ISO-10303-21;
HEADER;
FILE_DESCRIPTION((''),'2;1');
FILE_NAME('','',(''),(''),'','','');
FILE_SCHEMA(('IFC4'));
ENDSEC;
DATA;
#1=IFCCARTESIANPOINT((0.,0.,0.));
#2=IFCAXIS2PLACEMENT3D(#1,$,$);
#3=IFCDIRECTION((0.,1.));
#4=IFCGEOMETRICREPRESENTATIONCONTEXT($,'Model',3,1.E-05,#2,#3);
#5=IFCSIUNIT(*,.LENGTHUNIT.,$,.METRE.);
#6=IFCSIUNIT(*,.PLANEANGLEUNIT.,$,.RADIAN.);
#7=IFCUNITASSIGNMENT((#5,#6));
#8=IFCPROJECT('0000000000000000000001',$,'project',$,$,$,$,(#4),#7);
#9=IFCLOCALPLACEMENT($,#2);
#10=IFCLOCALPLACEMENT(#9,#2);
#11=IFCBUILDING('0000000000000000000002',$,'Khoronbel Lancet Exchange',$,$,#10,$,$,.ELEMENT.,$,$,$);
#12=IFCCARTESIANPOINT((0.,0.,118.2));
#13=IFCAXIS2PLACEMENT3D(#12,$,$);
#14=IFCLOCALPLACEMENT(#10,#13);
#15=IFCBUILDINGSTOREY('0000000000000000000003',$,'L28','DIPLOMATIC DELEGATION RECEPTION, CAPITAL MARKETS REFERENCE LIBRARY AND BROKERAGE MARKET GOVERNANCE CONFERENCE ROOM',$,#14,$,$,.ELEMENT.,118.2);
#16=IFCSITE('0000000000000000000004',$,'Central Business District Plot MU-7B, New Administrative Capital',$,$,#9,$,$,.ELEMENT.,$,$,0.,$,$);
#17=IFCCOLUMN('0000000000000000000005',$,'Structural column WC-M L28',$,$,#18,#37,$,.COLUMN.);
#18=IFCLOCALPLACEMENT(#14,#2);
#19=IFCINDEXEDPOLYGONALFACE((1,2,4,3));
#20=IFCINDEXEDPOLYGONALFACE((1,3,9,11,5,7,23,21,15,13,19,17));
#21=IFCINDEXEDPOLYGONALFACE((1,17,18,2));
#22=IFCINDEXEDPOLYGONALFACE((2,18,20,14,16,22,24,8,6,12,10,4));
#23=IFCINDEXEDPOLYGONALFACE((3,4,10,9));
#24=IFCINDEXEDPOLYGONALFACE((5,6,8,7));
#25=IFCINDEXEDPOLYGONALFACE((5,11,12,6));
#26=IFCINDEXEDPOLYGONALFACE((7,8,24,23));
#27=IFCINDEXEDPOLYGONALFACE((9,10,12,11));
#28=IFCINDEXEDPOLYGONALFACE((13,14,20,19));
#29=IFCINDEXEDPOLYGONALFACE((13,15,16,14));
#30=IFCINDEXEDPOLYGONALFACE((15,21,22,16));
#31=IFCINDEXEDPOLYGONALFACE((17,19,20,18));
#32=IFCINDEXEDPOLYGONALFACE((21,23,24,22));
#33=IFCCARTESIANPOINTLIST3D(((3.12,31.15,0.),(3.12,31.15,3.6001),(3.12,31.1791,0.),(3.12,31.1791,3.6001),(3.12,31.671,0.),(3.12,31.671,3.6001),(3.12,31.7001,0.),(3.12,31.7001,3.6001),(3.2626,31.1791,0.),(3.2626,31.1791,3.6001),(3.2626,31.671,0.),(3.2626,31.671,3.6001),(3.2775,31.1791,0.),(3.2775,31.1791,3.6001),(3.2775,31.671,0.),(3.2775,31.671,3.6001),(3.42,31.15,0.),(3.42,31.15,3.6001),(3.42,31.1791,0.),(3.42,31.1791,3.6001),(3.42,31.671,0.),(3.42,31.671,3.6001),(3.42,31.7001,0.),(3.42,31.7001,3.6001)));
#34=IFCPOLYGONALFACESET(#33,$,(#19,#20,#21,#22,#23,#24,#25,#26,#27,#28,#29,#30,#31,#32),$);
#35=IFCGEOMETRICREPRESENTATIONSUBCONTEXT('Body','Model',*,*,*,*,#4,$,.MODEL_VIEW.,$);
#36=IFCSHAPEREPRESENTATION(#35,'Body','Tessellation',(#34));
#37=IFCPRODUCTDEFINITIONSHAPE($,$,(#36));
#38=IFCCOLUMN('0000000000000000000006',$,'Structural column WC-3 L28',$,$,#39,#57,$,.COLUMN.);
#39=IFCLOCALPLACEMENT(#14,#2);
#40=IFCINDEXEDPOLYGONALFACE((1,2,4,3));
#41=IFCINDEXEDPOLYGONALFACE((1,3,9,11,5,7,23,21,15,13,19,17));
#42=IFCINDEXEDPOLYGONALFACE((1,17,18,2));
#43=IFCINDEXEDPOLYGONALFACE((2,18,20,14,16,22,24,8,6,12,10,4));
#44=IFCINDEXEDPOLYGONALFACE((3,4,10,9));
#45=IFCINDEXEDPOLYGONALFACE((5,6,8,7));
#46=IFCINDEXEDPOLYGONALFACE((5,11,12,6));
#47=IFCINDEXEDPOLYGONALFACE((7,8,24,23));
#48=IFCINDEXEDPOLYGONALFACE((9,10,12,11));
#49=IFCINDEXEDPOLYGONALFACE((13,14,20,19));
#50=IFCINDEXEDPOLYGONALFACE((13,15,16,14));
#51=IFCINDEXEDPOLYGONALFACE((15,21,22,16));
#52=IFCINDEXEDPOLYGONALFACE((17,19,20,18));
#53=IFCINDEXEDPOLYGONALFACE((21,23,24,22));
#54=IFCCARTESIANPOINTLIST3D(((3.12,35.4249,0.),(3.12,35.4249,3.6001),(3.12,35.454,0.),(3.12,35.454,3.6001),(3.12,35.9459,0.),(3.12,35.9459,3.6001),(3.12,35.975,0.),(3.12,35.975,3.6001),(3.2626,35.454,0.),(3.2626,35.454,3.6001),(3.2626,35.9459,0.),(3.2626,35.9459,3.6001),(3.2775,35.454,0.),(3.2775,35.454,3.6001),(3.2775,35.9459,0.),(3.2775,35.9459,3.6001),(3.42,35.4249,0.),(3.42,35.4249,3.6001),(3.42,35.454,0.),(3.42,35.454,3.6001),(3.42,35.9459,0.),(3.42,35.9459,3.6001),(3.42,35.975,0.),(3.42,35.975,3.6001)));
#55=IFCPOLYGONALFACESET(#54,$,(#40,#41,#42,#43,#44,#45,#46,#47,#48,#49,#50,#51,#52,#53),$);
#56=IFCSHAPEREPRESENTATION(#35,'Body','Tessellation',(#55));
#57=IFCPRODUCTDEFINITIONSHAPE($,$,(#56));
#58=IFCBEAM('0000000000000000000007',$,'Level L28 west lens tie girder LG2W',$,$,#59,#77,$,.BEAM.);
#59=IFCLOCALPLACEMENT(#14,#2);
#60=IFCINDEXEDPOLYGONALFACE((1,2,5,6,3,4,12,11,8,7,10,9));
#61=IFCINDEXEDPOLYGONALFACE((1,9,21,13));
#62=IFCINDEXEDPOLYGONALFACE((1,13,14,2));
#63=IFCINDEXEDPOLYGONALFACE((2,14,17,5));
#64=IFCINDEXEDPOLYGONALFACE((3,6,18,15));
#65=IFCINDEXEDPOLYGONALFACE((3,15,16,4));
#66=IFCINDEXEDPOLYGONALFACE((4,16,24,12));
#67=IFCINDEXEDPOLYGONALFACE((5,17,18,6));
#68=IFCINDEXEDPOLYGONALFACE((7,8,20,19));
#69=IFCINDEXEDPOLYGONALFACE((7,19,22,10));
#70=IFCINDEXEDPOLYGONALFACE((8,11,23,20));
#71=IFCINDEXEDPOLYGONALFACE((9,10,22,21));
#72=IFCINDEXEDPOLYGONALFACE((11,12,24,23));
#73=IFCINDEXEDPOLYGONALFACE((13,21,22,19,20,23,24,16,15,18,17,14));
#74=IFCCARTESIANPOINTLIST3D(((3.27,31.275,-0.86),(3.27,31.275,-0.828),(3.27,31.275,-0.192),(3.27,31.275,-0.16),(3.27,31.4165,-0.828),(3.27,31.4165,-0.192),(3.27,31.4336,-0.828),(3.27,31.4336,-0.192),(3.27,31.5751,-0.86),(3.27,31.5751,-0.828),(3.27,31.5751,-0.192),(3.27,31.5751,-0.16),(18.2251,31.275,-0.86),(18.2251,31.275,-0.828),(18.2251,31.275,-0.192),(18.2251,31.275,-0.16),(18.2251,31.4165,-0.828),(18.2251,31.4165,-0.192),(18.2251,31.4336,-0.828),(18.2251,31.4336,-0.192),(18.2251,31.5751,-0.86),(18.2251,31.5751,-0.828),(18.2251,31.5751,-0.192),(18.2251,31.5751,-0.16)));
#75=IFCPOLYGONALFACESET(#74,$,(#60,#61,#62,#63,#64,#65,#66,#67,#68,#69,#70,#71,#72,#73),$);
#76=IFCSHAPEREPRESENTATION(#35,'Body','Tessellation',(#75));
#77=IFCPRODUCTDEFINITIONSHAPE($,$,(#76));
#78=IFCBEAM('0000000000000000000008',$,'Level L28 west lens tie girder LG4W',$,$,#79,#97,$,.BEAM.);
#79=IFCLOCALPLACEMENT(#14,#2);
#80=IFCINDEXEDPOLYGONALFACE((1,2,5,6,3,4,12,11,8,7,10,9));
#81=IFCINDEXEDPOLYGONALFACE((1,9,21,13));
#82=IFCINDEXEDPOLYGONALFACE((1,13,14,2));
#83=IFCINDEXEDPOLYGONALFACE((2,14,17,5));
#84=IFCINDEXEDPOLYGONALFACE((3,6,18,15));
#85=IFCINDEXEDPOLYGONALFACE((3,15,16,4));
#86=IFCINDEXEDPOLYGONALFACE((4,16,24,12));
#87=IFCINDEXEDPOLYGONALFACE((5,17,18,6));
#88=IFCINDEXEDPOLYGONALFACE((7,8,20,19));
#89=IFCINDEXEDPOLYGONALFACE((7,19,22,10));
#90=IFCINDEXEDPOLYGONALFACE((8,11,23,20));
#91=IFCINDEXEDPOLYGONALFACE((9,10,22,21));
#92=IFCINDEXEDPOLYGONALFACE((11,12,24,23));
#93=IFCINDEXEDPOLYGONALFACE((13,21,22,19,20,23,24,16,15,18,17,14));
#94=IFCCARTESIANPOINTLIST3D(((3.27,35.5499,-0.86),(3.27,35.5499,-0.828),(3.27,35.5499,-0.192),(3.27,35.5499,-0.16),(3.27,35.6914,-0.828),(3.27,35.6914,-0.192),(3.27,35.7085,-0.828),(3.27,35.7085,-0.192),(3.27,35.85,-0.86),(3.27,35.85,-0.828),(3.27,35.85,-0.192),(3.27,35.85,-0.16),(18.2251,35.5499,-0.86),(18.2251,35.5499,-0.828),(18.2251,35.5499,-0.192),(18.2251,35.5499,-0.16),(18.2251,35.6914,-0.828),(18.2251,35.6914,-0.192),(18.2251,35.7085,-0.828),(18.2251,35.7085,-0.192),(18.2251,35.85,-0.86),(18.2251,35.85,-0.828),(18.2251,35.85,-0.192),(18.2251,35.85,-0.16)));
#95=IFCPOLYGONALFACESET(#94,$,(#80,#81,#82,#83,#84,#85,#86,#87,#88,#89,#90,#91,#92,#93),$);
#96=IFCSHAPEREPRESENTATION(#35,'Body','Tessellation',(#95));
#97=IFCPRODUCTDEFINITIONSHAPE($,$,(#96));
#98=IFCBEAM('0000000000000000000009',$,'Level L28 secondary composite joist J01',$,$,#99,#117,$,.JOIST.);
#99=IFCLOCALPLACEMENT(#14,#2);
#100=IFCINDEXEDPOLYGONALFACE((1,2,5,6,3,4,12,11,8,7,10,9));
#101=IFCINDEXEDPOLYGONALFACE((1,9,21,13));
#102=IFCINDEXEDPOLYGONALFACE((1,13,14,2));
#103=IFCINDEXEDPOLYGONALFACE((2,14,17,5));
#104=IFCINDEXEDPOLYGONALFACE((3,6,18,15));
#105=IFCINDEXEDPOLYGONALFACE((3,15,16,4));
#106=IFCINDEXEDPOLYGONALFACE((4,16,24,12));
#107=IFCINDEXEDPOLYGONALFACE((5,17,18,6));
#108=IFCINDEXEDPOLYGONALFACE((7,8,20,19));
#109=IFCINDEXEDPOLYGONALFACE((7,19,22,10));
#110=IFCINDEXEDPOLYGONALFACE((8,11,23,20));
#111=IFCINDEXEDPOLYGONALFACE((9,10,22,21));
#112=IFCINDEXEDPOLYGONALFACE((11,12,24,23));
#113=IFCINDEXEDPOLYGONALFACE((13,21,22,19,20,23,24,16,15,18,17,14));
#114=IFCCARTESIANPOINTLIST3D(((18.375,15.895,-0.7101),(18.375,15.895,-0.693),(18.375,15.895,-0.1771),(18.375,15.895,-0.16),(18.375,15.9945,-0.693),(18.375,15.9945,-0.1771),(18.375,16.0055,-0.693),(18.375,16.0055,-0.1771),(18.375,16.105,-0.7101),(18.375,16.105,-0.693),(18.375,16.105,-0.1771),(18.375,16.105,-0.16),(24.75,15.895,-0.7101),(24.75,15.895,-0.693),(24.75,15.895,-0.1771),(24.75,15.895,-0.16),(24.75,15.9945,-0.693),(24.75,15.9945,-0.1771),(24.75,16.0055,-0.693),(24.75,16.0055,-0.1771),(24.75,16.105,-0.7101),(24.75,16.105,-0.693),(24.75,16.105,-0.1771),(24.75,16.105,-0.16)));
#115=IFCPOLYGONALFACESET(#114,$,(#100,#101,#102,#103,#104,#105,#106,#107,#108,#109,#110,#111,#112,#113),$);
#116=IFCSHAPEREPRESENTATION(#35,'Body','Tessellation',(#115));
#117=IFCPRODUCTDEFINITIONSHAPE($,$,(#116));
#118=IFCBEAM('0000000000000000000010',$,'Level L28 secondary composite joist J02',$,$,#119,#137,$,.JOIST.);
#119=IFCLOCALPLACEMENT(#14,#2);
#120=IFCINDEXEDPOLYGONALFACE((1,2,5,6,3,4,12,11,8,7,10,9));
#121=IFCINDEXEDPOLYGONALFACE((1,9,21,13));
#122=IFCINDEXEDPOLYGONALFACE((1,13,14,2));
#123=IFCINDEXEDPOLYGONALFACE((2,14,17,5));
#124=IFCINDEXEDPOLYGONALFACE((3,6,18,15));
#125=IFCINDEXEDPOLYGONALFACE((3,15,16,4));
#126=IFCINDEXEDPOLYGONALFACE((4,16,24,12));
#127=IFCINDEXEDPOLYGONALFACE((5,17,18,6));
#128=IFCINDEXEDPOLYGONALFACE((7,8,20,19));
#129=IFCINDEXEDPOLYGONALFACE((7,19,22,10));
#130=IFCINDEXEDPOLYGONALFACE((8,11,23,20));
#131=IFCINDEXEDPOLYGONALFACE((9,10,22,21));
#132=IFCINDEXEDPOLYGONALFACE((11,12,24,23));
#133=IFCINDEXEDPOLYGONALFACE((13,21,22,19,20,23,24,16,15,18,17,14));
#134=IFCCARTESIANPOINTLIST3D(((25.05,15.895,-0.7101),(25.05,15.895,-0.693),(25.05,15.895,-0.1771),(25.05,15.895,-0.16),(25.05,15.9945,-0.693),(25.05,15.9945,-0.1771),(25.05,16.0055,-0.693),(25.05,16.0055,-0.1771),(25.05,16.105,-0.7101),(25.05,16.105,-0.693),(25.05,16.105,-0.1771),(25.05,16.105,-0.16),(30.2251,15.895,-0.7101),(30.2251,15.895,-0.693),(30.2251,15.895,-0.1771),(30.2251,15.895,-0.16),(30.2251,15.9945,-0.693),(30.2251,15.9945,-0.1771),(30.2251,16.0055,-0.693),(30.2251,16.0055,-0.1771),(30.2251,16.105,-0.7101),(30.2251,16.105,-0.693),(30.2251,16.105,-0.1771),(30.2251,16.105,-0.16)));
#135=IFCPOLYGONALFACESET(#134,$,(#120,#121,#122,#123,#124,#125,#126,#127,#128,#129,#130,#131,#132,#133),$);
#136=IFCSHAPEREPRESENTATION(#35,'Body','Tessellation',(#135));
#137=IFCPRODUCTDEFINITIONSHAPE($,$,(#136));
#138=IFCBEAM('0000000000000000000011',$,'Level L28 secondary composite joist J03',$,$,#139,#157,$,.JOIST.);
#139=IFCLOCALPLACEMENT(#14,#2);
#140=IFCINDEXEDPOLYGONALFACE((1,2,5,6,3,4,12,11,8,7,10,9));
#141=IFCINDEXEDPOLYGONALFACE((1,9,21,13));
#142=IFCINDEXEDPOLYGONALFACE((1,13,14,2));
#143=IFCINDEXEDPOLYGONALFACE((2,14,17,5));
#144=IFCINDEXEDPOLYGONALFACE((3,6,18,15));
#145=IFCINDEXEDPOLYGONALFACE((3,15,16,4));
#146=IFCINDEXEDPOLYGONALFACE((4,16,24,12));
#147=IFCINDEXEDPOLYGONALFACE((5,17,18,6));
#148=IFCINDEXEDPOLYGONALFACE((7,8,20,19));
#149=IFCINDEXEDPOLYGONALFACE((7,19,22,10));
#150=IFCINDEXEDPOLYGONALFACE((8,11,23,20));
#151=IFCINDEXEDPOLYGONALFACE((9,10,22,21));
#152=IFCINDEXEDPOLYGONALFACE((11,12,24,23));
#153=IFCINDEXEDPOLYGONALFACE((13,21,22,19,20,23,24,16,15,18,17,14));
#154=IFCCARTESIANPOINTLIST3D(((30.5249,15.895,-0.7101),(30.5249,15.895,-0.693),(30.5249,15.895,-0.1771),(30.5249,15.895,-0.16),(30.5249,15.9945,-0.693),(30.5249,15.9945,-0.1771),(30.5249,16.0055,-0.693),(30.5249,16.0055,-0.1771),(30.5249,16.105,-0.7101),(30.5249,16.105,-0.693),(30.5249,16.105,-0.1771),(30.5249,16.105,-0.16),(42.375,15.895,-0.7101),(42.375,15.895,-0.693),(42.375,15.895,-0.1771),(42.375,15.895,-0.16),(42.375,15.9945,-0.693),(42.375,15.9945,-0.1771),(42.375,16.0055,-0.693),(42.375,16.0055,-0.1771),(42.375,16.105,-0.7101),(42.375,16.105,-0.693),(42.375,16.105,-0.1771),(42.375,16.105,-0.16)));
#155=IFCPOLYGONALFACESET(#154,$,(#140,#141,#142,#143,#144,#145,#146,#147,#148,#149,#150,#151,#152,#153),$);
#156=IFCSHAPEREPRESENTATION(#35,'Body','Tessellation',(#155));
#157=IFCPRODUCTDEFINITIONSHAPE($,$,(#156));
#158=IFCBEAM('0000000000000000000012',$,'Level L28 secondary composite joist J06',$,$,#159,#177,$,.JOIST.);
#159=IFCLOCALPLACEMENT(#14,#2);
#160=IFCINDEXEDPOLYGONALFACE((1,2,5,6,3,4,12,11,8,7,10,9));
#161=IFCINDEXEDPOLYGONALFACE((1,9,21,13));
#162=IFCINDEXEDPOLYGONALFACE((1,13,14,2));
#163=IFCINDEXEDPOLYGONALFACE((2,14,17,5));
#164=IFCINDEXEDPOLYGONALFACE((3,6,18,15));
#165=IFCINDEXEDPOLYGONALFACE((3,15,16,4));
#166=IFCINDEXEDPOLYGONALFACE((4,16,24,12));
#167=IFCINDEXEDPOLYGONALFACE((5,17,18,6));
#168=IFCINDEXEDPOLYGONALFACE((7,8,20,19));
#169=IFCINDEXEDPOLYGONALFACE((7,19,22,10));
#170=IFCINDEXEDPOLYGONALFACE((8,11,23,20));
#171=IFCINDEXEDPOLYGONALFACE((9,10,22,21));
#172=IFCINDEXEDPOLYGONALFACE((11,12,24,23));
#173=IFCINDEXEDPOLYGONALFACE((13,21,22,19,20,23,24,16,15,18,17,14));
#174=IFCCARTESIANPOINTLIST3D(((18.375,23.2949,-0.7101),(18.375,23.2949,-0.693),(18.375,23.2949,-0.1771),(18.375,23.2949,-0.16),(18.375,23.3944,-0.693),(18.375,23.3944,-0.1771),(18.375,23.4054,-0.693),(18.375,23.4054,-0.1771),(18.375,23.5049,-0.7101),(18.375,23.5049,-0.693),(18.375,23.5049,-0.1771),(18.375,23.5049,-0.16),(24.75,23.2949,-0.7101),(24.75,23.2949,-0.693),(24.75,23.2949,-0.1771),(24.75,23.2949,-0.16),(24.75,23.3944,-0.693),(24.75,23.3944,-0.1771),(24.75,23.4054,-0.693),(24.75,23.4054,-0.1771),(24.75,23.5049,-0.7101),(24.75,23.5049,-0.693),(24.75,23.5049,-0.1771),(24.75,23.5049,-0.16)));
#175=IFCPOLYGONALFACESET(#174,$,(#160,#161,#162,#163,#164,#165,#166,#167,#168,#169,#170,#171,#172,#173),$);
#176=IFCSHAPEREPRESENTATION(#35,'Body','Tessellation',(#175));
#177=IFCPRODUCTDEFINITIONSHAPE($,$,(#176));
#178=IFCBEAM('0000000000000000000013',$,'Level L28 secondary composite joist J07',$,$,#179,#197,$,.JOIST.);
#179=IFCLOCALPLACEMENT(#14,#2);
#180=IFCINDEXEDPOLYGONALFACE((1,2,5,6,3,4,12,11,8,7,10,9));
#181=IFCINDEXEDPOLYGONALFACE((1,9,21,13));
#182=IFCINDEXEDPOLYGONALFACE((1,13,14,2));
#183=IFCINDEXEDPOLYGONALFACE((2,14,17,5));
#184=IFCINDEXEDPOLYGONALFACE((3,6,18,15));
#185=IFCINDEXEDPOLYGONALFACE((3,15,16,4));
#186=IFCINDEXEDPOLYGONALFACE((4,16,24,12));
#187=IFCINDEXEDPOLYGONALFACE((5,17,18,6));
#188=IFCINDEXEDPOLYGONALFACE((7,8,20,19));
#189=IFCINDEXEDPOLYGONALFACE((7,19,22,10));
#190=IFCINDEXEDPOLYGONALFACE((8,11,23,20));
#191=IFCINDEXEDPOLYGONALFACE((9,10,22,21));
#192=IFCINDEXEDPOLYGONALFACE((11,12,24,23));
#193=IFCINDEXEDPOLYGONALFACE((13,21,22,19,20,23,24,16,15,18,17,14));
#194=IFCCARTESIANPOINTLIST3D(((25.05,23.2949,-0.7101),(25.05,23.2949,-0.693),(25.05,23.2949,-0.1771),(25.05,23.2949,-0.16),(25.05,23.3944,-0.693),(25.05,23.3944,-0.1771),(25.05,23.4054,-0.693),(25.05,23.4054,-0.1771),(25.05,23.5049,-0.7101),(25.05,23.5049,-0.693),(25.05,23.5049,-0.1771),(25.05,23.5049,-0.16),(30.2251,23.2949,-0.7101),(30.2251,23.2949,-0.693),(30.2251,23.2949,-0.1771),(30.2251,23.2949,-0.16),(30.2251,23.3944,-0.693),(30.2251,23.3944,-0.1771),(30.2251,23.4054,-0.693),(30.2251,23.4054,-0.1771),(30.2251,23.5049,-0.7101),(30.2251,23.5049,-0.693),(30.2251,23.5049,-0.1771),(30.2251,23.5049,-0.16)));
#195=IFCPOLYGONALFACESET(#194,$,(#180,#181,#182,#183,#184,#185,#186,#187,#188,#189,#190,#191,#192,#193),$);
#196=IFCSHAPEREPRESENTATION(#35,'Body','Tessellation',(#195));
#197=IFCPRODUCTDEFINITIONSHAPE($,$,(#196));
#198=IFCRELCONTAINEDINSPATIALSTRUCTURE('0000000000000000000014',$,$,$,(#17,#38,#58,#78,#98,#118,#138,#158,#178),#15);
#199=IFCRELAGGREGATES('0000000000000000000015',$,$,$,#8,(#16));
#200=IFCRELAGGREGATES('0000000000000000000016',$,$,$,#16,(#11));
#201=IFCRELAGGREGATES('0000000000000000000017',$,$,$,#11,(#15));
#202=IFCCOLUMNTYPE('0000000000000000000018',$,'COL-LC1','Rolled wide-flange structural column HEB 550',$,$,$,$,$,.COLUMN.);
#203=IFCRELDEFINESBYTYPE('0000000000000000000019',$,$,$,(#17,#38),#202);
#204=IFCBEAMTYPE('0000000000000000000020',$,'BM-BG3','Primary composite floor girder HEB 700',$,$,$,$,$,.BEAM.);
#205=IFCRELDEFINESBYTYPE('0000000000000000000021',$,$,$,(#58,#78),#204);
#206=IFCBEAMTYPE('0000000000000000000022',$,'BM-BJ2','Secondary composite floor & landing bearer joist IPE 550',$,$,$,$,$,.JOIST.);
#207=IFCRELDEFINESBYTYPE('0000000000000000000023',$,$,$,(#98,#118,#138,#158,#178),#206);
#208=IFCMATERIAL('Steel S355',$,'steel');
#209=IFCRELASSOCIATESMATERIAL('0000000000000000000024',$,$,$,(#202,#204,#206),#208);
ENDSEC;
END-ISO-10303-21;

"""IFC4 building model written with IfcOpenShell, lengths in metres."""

from ifc_helpers import new_model, si_unit, direction, frame, origin, origin_2d, place, context, subcontext, project, spatial, i_section, extrude, material, material_profile, profile_set, type_object, element, save


model = new_model("IFC4")

# Units and contexts
model_context = context("Model", 3, precision=1e-05, world=origin(), true_north=direction((0.0, 1.0)))
body_context = subcontext(model_context, "Body", "Model", "MODEL_VIEW")
ifc_project = project(units=[si_unit("LENGTHUNIT", "METRE"), si_unit("PLANEANGLEUNIT", "RADIAN")], contexts=[model_context])

# Site, building, storey
site_placement = place(None, origin())
site = spatial("IfcSite", under=ifc_project, at=site_placement, Name="Central Business District Plot MU-7B, New Administrative Capital", CompositionType="ELEMENT", RefElevation=0.0)
building_placement = place(site_placement, origin())
building = spatial("IfcBuilding", under=site, at=building_placement, Name="Khoronbel Lancet Exchange", CompositionType="ELEMENT")
storey_placement = place(building_placement, frame((0.0, 0.0, 118.2)))
storey = spatial("IfcBuildingStorey", under=building, at=storey_placement, Name="L28", Description="DIPLOMATIC DELEGATION RECEPTION, CAPITAL MARKETS REFERENCE LIBRARY AND BROKERAGE MARKET GOVERNANCE CONFERENCE ROOM", CompositionType="ELEMENT", Elevation=118.2)

# Columns
ifc_material_1 = material(Name="Steel S355", Category="steel")
ifc_material_profile_1 = material_profile(ifc_material_1, i_section(OverallWidth=0.3, OverallDepth=0.55, WebThickness=0.0149, FlangeThickness=0.0291, at=origin_2d()), Name="HEB 550")
ifc_profile_set_1 = profile_set([ifc_material_profile_1], Name="Steel S355")
column_type = type_object("IfcColumnType", Name="COL-LC1", Description="Rolled wide-flange structural column HEB 550", PredefinedType="COLUMN", material=ifc_profile_set_1)
for number, where, z_axis, x_axis, name in (
    (1, (3.27, 31.425, 0.0), (0.0, 0.0, 1.0), (1.0, 0.0, 0.0), "Structural column WC-M L28"),
    (2, (3.27, 35.7, 0.0), (0.0, 0.0, 1.0), (1.0, 0.0, 0.0), "Structural column WC-3 L28"),
):
    element("IfcColumn", number, at=place(storey_placement, frame(where, z_axis=z_axis, x_axis=x_axis)), inside=storey, type_object=column_type, Name=name, PredefinedType="COLUMN", context=body_context, shape_type="SweptSolid", body=[
        extrude(i_section(OverallWidth=0.3, OverallDepth=0.55, WebThickness=0.0149, FlangeThickness=0.0291, at=origin_2d()), origin(), (0.0, 0.0, 1.0), 3.6001),
    ])

# Beams
ifc_material_profile_2 = material_profile(ifc_material_1, i_section(OverallWidth=0.3, OverallDepth=0.7, WebThickness=0.0171, FlangeThickness=0.032, at=origin_2d()), Name="HEB 700")
ifc_profile_set_2 = profile_set([ifc_material_profile_2], Name="Steel S355")
beam_type_1 = type_object("IfcBeamType", Name="BM-BG3", Description="Primary composite floor girder HEB 700", PredefinedType="BEAM", material=ifc_profile_set_2)
for number, where, z_axis, x_axis, name in (
    (3, (3.27, 31.425, -0.51), (1.0, 0.0, 0.0), (0.0, 1.0, 0.0), "Level L28 west lens tie girder LG2W"),
    (4, (3.27, 35.7, -0.51), (1.0, 0.0, 0.0), (0.0, 1.0, 0.0), "Level L28 west lens tie girder LG4W"),
):
    element("IfcBeam", number, at=place(storey_placement, frame(where, z_axis=z_axis, x_axis=x_axis)), inside=storey, type_object=beam_type_1, Name=name, PredefinedType="BEAM", context=body_context, shape_type="SweptSolid", body=[
        extrude(i_section(OverallWidth=0.3, OverallDepth=0.7, WebThickness=0.0171, FlangeThickness=0.032, at=origin_2d()), origin(), (0.0, 0.0, 1.0), 14.9551),
    ])
ifc_material_profile_3 = material_profile(ifc_material_1, i_section(OverallWidth=0.21, OverallDepth=0.55, WebThickness=0.011, FlangeThickness=0.0171, at=origin_2d()), Name="IPE 550")
ifc_profile_set_3 = profile_set([ifc_material_profile_3], Name="Steel S355")
beam_type_2 = type_object("IfcBeamType", Name="BM-BJ2", Description="Secondary composite floor & landing bearer joist IPE 550", PredefinedType="JOIST", material=ifc_profile_set_3)
beam_1_placement = place(storey_placement, frame((18.375, 16.0, -0.4351), z_axis=(1.0, 0.0, 0.0), x_axis=(0.0, 1.0, 0.0)))
element("IfcBeam", 5, at=beam_1_placement, inside=storey, type_object=beam_type_2, Name="Level L28 secondary composite joist J01", PredefinedType="JOIST", context=body_context, shape_type="SweptSolid", body=[
    extrude(i_section(OverallWidth=0.21, OverallDepth=0.55, WebThickness=0.011, FlangeThickness=0.0171, at=origin_2d()), origin(), (0.0, 0.0, 1.0), 6.375),
])
beam_2_placement = place(storey_placement, frame((25.05, 16.0, -0.4351), z_axis=(1.0, 0.0, 0.0), x_axis=(0.0, 1.0, 0.0)))
element("IfcBeam", 6, at=beam_2_placement, inside=storey, type_object=beam_type_2, Name="Level L28 secondary composite joist J02", PredefinedType="JOIST", context=body_context, shape_type="SweptSolid", body=[
    extrude(i_section(OverallWidth=0.21, OverallDepth=0.55, WebThickness=0.011, FlangeThickness=0.0171, at=origin_2d()), origin(), (0.0, 0.0, 1.0), 5.175),
])
beam_3_placement = place(storey_placement, frame((30.5249, 16.0, -0.4351), z_axis=(1.0, 0.0, 0.0), x_axis=(0.0, 1.0, 0.0)))
element("IfcBeam", 7, at=beam_3_placement, inside=storey, type_object=beam_type_2, Name="Level L28 secondary composite joist J03", PredefinedType="JOIST", context=body_context, shape_type="SweptSolid", body=[
    extrude(i_section(OverallWidth=0.21, OverallDepth=0.55, WebThickness=0.011, FlangeThickness=0.0171, at=origin_2d()), origin(), (0.0, 0.0, 1.0), 11.8501),
])
beam_4_placement = place(storey_placement, frame((18.375, 23.3999, -0.4351), z_axis=(1.0, 0.0, 0.0), x_axis=(0.0, 1.0, 0.0)))
element("IfcBeam", 8, at=beam_4_placement, inside=storey, type_object=beam_type_2, Name="Level L28 secondary composite joist J06", PredefinedType="JOIST", context=body_context, shape_type="SweptSolid", body=[
    extrude(i_section(OverallWidth=0.21, OverallDepth=0.55, WebThickness=0.011, FlangeThickness=0.0171, at=origin_2d()), origin(), (0.0, 0.0, 1.0), 6.375),
])
beam_5_placement = place(storey_placement, frame((25.05, 23.3999, -0.4351), z_axis=(1.0, 0.0, 0.0), x_axis=(0.0, 1.0, 0.0)))
element("IfcBeam", 9, at=beam_5_placement, inside=storey, type_object=beam_type_2, Name="Level L28 secondary composite joist J07", PredefinedType="JOIST", context=body_context, shape_type="SweptSolid", body=[
    extrude(i_section(OverallWidth=0.21, OverallDepth=0.55, WebThickness=0.011, FlangeThickness=0.0171, at=origin_2d()), origin(), (0.0, 0.0, 1.0), 5.175),
])

save(model, "model.ifc")
